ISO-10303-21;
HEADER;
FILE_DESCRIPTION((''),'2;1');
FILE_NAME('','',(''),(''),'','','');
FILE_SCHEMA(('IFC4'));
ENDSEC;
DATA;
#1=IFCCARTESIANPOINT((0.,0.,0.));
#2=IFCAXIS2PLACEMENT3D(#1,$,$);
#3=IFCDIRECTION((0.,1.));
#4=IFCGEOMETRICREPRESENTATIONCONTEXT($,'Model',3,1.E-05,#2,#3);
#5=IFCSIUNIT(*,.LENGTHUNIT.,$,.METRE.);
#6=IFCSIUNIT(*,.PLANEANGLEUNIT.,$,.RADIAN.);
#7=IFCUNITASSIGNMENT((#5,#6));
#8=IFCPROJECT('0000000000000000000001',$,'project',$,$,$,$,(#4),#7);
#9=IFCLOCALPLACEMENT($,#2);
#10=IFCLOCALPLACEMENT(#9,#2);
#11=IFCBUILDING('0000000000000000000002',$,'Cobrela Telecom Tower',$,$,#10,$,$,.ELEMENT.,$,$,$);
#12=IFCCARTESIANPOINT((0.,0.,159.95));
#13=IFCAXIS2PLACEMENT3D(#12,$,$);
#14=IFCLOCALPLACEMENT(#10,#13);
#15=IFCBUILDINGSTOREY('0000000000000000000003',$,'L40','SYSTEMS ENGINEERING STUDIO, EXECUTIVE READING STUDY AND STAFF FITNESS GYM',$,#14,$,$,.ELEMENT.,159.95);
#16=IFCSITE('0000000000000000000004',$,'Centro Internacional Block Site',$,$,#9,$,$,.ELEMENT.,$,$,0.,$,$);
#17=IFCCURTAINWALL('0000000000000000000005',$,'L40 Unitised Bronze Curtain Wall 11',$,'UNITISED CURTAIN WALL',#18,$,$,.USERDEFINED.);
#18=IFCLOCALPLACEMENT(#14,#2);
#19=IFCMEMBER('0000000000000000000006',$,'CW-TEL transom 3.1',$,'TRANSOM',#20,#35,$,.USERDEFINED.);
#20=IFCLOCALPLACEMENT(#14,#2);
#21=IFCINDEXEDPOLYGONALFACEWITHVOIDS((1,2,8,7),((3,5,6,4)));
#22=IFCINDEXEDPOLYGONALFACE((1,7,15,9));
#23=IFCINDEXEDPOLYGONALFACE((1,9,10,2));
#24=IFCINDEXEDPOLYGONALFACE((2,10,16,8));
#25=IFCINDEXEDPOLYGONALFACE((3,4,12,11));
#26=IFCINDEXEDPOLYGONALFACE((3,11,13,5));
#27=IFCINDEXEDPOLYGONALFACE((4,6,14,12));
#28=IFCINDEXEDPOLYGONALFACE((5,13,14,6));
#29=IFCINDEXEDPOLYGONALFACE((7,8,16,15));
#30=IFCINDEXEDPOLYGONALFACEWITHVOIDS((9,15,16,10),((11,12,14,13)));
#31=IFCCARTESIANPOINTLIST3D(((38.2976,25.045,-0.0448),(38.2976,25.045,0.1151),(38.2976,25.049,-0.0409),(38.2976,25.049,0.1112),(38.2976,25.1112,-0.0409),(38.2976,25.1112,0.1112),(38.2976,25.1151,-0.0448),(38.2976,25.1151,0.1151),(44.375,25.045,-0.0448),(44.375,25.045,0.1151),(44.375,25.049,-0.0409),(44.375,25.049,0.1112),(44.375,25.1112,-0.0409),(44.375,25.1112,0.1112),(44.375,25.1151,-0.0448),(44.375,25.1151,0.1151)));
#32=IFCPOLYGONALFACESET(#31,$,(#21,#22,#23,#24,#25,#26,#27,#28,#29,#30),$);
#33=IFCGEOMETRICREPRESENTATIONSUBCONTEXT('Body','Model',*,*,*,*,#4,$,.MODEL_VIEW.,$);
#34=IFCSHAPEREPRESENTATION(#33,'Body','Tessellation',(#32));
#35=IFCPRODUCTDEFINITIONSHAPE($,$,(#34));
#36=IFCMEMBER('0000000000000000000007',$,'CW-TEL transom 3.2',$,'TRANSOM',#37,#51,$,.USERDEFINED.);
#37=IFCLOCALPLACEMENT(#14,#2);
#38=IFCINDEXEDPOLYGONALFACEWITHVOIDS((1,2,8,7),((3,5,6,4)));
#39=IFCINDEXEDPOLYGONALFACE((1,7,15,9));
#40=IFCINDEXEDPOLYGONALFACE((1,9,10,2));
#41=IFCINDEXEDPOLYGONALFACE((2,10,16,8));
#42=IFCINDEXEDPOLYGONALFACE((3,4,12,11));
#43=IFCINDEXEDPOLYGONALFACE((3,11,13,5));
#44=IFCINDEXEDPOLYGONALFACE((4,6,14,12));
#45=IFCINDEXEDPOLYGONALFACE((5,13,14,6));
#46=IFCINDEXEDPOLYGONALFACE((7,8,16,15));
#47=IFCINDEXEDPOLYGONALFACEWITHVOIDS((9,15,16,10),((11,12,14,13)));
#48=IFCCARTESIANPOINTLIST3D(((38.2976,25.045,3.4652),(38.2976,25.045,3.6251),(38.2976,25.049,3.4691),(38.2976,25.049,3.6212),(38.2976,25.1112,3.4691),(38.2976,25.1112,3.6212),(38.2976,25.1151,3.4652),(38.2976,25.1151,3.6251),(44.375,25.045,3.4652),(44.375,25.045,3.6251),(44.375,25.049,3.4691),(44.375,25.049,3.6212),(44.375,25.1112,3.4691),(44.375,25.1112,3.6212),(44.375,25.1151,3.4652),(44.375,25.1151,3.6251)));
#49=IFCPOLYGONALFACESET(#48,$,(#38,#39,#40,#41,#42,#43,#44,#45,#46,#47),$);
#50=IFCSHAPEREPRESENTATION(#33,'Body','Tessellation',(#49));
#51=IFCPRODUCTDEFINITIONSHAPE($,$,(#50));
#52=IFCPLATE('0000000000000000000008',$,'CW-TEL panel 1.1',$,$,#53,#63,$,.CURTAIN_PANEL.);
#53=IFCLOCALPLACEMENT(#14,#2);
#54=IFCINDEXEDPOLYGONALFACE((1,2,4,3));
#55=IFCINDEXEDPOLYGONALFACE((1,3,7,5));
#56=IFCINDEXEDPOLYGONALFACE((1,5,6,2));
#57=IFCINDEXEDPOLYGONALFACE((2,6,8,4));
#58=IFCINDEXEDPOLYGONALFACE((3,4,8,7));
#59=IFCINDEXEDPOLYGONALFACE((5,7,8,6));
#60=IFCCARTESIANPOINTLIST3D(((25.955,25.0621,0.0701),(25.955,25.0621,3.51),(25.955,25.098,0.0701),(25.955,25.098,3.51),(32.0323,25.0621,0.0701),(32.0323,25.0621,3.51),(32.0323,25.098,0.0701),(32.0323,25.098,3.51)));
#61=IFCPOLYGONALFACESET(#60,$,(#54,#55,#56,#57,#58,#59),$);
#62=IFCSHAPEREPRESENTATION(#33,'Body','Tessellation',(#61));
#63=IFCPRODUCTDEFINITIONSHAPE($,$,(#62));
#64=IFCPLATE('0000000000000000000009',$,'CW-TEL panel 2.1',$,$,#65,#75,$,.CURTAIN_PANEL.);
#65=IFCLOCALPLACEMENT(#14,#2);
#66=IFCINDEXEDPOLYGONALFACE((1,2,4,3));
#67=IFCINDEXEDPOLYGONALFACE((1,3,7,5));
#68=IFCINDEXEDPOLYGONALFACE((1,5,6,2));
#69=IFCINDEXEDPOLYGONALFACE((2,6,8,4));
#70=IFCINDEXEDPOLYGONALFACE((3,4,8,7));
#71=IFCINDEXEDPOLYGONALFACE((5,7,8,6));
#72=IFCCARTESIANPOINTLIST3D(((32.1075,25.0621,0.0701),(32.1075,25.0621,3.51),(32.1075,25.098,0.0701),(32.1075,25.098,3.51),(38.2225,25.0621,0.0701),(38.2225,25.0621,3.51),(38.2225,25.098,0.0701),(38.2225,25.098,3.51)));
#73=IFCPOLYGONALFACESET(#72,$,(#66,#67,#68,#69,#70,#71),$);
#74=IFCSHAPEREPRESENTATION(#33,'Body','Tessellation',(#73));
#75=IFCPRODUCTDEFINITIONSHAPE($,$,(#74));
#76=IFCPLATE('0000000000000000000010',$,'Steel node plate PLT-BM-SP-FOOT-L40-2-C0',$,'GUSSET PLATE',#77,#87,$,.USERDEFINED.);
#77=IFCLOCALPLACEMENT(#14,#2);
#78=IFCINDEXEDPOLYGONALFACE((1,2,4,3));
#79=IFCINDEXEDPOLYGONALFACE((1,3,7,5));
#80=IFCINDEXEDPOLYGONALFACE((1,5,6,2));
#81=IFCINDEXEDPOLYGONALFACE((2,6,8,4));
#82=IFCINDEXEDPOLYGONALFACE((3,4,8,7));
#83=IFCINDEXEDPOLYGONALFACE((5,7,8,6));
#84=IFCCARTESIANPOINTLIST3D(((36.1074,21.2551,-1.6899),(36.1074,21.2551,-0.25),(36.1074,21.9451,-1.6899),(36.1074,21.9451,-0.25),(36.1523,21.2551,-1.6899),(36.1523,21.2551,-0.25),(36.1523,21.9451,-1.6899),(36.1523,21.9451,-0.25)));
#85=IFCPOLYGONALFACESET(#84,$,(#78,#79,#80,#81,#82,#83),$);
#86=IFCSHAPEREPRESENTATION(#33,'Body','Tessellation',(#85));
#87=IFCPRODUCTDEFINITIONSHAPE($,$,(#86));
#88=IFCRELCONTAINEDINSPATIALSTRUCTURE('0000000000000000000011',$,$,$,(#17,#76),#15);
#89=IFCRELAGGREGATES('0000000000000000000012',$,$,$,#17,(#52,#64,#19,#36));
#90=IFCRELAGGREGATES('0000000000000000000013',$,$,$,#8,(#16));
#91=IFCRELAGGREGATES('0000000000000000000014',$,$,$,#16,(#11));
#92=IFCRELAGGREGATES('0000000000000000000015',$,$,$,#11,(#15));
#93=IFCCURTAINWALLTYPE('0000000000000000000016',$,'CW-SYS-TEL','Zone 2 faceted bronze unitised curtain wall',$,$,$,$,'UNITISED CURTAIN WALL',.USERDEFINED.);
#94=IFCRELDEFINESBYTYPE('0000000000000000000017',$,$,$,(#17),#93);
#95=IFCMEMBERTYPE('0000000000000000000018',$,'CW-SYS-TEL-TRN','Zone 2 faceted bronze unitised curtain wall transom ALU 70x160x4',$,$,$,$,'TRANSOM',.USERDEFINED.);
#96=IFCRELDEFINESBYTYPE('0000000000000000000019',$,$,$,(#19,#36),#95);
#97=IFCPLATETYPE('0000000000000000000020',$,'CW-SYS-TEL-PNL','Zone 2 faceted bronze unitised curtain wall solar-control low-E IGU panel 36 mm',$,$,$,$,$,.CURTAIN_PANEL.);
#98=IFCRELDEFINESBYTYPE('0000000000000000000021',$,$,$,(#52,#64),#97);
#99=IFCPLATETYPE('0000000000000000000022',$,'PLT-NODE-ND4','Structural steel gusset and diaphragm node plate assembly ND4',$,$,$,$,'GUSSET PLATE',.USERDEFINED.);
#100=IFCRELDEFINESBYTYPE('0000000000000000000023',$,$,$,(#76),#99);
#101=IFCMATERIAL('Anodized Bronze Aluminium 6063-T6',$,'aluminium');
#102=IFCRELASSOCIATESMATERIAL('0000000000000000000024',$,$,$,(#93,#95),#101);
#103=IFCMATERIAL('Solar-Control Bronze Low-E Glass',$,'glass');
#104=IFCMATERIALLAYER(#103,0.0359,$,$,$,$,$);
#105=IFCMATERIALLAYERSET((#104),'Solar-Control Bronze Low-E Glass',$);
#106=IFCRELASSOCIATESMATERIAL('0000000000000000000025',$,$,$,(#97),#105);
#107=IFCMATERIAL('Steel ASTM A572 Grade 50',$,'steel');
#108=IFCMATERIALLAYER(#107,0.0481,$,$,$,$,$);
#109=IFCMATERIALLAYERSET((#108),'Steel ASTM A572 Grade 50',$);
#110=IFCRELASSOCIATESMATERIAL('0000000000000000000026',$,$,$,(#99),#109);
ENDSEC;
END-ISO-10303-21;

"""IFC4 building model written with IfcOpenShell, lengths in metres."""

from ifc_helpers import new_model, si_unit, direction, frame, origin, origin_2d, place, context, subcontext, project, spatial, rectangle, hollow_rectangle, extrude, material, layer, layer_set, material_profile, profile_set, type_object, element, aggregate, save


model = new_model("IFC4")

# Units and contexts
model_context = context("Model", 3, precision=1e-05, world=origin(), true_north=direction((0.0, 1.0)))
body_context = subcontext(model_context, "Body", "Model", "MODEL_VIEW")
ifc_project = project(units=[si_unit("LENGTHUNIT", "METRE"), si_unit("PLANEANGLEUNIT", "RADIAN")], contexts=[model_context])

# Site, building, storey
site_placement = place(None, origin())
site = spatial("IfcSite", under=ifc_project, at=site_placement, Name="Centro Internacional Block Site", CompositionType="ELEMENT", RefElevation=0.0)
building_placement = place(site_placement, origin())
building = spatial("IfcBuilding", under=site, at=building_placement, Name="Cobrela Telecom Tower", CompositionType="ELEMENT")
storey_placement = place(building_placement, frame((0.0, 0.0, 159.95)))
storey = spatial("IfcBuildingStorey", under=building, at=storey_placement, Name="L40", Description="SYSTEMS ENGINEERING STUDIO, EXECUTIVE READING STUDY AND STAFF FITNESS GYM", CompositionType="ELEMENT", Elevation=159.95)

# Shared definitions
ifc_material_1 = material(Name="Steel ASTM A572 Grade 50", Category="steel")

# Curtain wall, members, plates
ifc_material_2 = material(Name="Anodized Bronze Aluminium 6063-T6", Category="aluminium")
curtain_wall_type = type_object("IfcCurtainWallType", Name="CW-SYS-TEL", Description="Zone 2 faceted bronze unitised curtain wall", ElementType="UNITISED CURTAIN WALL", PredefinedType="USERDEFINED", material=ifc_material_2)
curtain_wall_placement = place(storey_placement, origin())
curtain_wall = element("IfcCurtainWall", 1, at=curtain_wall_placement, inside=storey, type_object=curtain_wall_type, Name="L40 Unitised Bronze Curtain Wall 11", ObjectType="UNITISED CURTAIN WALL", PredefinedType="USERDEFINED")
ifc_material_profile_1 = material_profile(ifc_material_2, hollow_rectangle(XDim=0.0701, YDim=0.1599, WallThickness=0.0039, at=origin_2d()), Name="ALU 70x160x4")
ifc_profile_set_1 = profile_set([ifc_material_profile_1], Name="Anodized Bronze Aluminium 6063-T6")
member_type_1 = type_object("IfcMemberType", Name="CW-SYS-TEL-TRN", Description="Zone 2 faceted bronze unitised curtain wall transom ALU 70x160x4", ElementType="TRANSOM", PredefinedType="USERDEFINED", material=ifc_profile_set_1)
member_1_placement = place(storey_placement, frame((38.2976, 25.0801, 0.0352), z_axis=(1.0, 0.0, 0.0), x_axis=(0.0, 1.0, 0.0)))
member_1 = element("IfcMember", 2, at=member_1_placement, type_object=member_type_1, Name="CW-TEL transom 3.1", ObjectType="TRANSOM", PredefinedType="USERDEFINED", context=body_context, shape_type="SweptSolid", body=[
    extrude(hollow_rectangle(XDim=0.0701, YDim=0.1599, WallThickness=0.0039, at=origin_2d()), origin(), (0.0, 0.0, 1.0), 6.0774),
])
member_2_placement = place(storey_placement, frame((38.2976, 25.0801, 3.5452), z_axis=(1.0, 0.0, 0.0), x_axis=(0.0, 1.0, 0.0)))
member_2 = element("IfcMember", 3, at=member_2_placement, type_object=member_type_1, Name="CW-TEL transom 3.2", ObjectType="TRANSOM", PredefinedType="USERDEFINED", context=body_context, shape_type="SweptSolid", body=[
    extrude(hollow_rectangle(XDim=0.0701, YDim=0.1599, WallThickness=0.0039, at=origin_2d()), origin(), (0.0, 0.0, 1.0), 6.0774),
])
ifc_material_3 = material(Name="Solar-Control Bronze Low-E Glass", Category="glass")
ifc_layer_1 = layer(ifc_material_3, 0.0359)
ifc_layer_set_1 = layer_set([ifc_layer_1], Name="Solar-Control Bronze Low-E Glass")
plate_type_1 = type_object("IfcPlateType", Name="CW-SYS-TEL-PNL", Description="Zone 2 faceted bronze unitised curtain wall solar-control low-E IGU panel 36 mm", PredefinedType="CURTAIN_PANEL", material=ifc_layer_set_1)
plate_1_placement = place(storey_placement, frame((28.9937, 25.0801, 0.0701), z_axis=(0.0, 0.0, 1.0), x_axis=(1.0, 0.0, 0.0)))
plate_1 = element("IfcPlate", 4, at=plate_1_placement, type_object=plate_type_1, Name="CW-TEL panel 1.1", PredefinedType="CURTAIN_PANEL", context=body_context, shape_type="SweptSolid", body=[
    extrude(rectangle(XDim=6.0774, YDim=0.0359, at=origin_2d()), origin(), (0.0, 0.0, 1.0), 3.4399),
])
plate_2_placement = place(storey_placement, frame((35.165, 25.0801, 0.0701), z_axis=(0.0, 0.0, 1.0), x_axis=(1.0, 0.0, 0.0)))
plate_2 = element("IfcPlate", 5, at=plate_2_placement, type_object=plate_type_1, Name="CW-TEL panel 2.1", PredefinedType="CURTAIN_PANEL", context=body_context, shape_type="SweptSolid", body=[
    extrude(rectangle(XDim=6.115, YDim=0.0359, at=origin_2d()), origin(), (0.0, 0.0, 1.0), 3.4399),
])
aggregate(curtain_wall, [plate_1, plate_2, member_1, member_2])

# Plate
ifc_layer_2 = layer(ifc_material_1, 0.0481)
ifc_layer_set_2 = layer_set([ifc_layer_2], Name="Steel ASTM A572 Grade 50")
plate_type_2 = type_object("IfcPlateType", Name="PLT-NODE-ND4", Description="Structural steel gusset and diaphragm node plate assembly ND4", ElementType="GUSSET PLATE", PredefinedType="USERDEFINED", material=ifc_layer_set_2)
plate_3_placement = place(storey_placement, frame((36.1299, 21.6001, -1.6899), z_axis=(0.0, 0.0, 1.0), x_axis=(1.0, 0.0, 0.0)))
element("IfcPlate", 6, at=plate_3_placement, inside=storey, type_object=plate_type_2, Name="Steel node plate PLT-BM-SP-FOOT-L40-2-C0", ObjectType="GUSSET PLATE", PredefinedType="USERDEFINED", context=body_context, shape_type="SweptSolid", body=[
    extrude(rectangle(XDim=0.0449, YDim=0.6899, at=origin_2d()), origin(), (0.0, 0.0, 1.0), 1.4399),
])

save(model, "model.ifc")
